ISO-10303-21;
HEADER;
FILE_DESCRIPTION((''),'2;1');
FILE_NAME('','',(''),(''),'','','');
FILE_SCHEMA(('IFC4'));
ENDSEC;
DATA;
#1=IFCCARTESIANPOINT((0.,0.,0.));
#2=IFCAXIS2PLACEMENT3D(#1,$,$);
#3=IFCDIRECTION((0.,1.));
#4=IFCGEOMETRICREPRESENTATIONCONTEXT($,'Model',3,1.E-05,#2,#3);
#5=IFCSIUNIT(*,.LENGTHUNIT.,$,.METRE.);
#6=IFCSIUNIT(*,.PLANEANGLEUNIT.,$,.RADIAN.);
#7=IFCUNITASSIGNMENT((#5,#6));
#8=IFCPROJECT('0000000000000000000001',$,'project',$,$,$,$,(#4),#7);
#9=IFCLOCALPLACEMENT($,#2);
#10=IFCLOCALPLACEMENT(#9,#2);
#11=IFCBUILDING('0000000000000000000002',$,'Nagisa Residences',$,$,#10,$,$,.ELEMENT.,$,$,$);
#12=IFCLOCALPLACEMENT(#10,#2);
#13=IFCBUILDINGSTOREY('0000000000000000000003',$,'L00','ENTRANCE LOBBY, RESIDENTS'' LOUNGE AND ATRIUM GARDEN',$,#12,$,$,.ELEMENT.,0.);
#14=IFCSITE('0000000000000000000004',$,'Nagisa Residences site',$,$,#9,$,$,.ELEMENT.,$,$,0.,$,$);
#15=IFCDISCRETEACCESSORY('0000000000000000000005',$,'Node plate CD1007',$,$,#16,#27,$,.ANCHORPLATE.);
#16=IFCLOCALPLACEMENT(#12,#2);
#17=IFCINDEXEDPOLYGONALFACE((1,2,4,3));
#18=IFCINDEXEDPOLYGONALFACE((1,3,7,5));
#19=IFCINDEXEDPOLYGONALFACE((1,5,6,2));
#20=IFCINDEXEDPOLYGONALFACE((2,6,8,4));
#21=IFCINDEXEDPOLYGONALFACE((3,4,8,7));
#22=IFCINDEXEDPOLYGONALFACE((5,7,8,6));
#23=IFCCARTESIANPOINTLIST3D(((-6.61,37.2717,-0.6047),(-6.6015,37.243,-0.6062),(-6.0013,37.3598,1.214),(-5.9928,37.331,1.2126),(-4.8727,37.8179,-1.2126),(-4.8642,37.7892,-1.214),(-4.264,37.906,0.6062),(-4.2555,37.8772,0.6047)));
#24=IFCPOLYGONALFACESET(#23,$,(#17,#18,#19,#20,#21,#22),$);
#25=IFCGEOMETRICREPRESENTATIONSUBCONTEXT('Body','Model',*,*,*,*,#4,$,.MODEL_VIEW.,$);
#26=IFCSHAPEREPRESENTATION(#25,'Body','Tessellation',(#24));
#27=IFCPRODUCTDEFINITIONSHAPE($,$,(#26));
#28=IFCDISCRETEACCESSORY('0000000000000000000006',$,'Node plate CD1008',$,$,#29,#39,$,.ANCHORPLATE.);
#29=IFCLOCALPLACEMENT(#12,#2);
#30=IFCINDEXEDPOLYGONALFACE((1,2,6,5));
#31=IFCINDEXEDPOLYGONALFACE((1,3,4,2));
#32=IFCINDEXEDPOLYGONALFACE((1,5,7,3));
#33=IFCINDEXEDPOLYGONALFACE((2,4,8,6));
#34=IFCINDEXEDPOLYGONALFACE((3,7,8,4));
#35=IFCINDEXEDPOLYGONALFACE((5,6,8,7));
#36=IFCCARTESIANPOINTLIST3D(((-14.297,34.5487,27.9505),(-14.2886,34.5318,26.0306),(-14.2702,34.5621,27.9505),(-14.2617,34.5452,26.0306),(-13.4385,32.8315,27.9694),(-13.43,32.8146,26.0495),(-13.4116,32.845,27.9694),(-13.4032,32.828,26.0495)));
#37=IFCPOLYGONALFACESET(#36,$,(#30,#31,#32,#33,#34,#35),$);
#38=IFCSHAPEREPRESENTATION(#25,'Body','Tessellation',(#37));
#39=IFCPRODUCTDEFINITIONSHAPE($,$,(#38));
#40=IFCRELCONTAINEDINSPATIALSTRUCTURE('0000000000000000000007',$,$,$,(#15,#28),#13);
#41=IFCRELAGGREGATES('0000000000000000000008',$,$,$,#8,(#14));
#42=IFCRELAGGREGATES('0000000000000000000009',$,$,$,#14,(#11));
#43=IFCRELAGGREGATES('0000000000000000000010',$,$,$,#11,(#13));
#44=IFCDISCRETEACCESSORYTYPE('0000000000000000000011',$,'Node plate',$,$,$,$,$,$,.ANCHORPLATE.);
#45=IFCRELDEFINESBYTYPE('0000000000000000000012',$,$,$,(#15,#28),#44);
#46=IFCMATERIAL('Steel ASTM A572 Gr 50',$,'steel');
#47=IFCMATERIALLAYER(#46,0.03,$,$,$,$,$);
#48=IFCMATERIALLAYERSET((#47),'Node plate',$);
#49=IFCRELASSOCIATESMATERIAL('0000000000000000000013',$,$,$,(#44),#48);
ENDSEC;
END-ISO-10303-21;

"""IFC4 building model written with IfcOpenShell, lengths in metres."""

from ifc_helpers import new_model, si_unit, direction, frame, origin, origin_2d, place, context, subcontext, project, spatial, rectangle, extrude, material, layer, layer_set, type_object, element, save


model = new_model("IFC4")

# Units and contexts
model_context = context("Model", 3, precision=1e-05, world=origin(), true_north=direction((0.0, 1.0)))
body_context = subcontext(model_context, "Body", "Model", "MODEL_VIEW")
ifc_project = project(units=[si_unit("LENGTHUNIT", "METRE"), si_unit("PLANEANGLEUNIT", "RADIAN")], contexts=[model_context])

# Site, building, storey
site_placement = place(None, origin())
site = spatial("IfcSite", under=ifc_project, at=site_placement, Name="Nagisa Residences site", CompositionType="ELEMENT", RefElevation=0.0)
building_placement = place(site_placement, origin())
building = spatial("IfcBuilding", under=site, at=building_placement, Name="Nagisa Residences", CompositionType="ELEMENT")
storey_placement = place(building_placement, origin())
storey = spatial("IfcBuildingStorey", under=building, at=storey_placement, Name="L00", Description="ENTRANCE LOBBY, RESIDENTS' LOUNGE AND ATRIUM GARDEN", CompositionType="ELEMENT", Elevation=0.0)

# Discrete accessories
ifc_material_1 = material(Name="Steel ASTM A572 Gr 50", Category="steel")
ifc_layer_1 = layer(ifc_material_1, 0.03)
ifc_layer_set_1 = layer_set([ifc_layer_1], Name="Node plate")
discrete_accessory_type = type_object("IfcDiscreteAccessoryType", Name="Node plate", PredefinedType="ANCHORPLATE", material=ifc_layer_set_1)
for number, where, z_axis, x_axis, name in (
    (1, (-5.437, 37.5889, 0.0007), (0.284028, -0.957579, -0.04869), (0.317021, 0.045863, 0.947309), "Node plate CD1007"),
    (2, (-13.8367, 33.6951, 27.0), (-0.894427, -0.447214, 0.0), (0.004407, -0.008813, -0.999951), "Node plate CD1008"),
):
    element("IfcDiscreteAccessory", number, at=place(storey_placement, frame(where, z_axis=z_axis, x_axis=x_axis)), inside=storey, type_object=discrete_accessory_type, Name=name, PredefinedType="ANCHORPLATE", context=body_context, shape_type="SweptSolid", body=[
        extrude(rectangle(XDim=1.9199, YDim=1.9199, at=origin_2d()), origin(), (0.0, 0.0, 1.0), 0.03),
    ])

save(model, "model.ifc")
